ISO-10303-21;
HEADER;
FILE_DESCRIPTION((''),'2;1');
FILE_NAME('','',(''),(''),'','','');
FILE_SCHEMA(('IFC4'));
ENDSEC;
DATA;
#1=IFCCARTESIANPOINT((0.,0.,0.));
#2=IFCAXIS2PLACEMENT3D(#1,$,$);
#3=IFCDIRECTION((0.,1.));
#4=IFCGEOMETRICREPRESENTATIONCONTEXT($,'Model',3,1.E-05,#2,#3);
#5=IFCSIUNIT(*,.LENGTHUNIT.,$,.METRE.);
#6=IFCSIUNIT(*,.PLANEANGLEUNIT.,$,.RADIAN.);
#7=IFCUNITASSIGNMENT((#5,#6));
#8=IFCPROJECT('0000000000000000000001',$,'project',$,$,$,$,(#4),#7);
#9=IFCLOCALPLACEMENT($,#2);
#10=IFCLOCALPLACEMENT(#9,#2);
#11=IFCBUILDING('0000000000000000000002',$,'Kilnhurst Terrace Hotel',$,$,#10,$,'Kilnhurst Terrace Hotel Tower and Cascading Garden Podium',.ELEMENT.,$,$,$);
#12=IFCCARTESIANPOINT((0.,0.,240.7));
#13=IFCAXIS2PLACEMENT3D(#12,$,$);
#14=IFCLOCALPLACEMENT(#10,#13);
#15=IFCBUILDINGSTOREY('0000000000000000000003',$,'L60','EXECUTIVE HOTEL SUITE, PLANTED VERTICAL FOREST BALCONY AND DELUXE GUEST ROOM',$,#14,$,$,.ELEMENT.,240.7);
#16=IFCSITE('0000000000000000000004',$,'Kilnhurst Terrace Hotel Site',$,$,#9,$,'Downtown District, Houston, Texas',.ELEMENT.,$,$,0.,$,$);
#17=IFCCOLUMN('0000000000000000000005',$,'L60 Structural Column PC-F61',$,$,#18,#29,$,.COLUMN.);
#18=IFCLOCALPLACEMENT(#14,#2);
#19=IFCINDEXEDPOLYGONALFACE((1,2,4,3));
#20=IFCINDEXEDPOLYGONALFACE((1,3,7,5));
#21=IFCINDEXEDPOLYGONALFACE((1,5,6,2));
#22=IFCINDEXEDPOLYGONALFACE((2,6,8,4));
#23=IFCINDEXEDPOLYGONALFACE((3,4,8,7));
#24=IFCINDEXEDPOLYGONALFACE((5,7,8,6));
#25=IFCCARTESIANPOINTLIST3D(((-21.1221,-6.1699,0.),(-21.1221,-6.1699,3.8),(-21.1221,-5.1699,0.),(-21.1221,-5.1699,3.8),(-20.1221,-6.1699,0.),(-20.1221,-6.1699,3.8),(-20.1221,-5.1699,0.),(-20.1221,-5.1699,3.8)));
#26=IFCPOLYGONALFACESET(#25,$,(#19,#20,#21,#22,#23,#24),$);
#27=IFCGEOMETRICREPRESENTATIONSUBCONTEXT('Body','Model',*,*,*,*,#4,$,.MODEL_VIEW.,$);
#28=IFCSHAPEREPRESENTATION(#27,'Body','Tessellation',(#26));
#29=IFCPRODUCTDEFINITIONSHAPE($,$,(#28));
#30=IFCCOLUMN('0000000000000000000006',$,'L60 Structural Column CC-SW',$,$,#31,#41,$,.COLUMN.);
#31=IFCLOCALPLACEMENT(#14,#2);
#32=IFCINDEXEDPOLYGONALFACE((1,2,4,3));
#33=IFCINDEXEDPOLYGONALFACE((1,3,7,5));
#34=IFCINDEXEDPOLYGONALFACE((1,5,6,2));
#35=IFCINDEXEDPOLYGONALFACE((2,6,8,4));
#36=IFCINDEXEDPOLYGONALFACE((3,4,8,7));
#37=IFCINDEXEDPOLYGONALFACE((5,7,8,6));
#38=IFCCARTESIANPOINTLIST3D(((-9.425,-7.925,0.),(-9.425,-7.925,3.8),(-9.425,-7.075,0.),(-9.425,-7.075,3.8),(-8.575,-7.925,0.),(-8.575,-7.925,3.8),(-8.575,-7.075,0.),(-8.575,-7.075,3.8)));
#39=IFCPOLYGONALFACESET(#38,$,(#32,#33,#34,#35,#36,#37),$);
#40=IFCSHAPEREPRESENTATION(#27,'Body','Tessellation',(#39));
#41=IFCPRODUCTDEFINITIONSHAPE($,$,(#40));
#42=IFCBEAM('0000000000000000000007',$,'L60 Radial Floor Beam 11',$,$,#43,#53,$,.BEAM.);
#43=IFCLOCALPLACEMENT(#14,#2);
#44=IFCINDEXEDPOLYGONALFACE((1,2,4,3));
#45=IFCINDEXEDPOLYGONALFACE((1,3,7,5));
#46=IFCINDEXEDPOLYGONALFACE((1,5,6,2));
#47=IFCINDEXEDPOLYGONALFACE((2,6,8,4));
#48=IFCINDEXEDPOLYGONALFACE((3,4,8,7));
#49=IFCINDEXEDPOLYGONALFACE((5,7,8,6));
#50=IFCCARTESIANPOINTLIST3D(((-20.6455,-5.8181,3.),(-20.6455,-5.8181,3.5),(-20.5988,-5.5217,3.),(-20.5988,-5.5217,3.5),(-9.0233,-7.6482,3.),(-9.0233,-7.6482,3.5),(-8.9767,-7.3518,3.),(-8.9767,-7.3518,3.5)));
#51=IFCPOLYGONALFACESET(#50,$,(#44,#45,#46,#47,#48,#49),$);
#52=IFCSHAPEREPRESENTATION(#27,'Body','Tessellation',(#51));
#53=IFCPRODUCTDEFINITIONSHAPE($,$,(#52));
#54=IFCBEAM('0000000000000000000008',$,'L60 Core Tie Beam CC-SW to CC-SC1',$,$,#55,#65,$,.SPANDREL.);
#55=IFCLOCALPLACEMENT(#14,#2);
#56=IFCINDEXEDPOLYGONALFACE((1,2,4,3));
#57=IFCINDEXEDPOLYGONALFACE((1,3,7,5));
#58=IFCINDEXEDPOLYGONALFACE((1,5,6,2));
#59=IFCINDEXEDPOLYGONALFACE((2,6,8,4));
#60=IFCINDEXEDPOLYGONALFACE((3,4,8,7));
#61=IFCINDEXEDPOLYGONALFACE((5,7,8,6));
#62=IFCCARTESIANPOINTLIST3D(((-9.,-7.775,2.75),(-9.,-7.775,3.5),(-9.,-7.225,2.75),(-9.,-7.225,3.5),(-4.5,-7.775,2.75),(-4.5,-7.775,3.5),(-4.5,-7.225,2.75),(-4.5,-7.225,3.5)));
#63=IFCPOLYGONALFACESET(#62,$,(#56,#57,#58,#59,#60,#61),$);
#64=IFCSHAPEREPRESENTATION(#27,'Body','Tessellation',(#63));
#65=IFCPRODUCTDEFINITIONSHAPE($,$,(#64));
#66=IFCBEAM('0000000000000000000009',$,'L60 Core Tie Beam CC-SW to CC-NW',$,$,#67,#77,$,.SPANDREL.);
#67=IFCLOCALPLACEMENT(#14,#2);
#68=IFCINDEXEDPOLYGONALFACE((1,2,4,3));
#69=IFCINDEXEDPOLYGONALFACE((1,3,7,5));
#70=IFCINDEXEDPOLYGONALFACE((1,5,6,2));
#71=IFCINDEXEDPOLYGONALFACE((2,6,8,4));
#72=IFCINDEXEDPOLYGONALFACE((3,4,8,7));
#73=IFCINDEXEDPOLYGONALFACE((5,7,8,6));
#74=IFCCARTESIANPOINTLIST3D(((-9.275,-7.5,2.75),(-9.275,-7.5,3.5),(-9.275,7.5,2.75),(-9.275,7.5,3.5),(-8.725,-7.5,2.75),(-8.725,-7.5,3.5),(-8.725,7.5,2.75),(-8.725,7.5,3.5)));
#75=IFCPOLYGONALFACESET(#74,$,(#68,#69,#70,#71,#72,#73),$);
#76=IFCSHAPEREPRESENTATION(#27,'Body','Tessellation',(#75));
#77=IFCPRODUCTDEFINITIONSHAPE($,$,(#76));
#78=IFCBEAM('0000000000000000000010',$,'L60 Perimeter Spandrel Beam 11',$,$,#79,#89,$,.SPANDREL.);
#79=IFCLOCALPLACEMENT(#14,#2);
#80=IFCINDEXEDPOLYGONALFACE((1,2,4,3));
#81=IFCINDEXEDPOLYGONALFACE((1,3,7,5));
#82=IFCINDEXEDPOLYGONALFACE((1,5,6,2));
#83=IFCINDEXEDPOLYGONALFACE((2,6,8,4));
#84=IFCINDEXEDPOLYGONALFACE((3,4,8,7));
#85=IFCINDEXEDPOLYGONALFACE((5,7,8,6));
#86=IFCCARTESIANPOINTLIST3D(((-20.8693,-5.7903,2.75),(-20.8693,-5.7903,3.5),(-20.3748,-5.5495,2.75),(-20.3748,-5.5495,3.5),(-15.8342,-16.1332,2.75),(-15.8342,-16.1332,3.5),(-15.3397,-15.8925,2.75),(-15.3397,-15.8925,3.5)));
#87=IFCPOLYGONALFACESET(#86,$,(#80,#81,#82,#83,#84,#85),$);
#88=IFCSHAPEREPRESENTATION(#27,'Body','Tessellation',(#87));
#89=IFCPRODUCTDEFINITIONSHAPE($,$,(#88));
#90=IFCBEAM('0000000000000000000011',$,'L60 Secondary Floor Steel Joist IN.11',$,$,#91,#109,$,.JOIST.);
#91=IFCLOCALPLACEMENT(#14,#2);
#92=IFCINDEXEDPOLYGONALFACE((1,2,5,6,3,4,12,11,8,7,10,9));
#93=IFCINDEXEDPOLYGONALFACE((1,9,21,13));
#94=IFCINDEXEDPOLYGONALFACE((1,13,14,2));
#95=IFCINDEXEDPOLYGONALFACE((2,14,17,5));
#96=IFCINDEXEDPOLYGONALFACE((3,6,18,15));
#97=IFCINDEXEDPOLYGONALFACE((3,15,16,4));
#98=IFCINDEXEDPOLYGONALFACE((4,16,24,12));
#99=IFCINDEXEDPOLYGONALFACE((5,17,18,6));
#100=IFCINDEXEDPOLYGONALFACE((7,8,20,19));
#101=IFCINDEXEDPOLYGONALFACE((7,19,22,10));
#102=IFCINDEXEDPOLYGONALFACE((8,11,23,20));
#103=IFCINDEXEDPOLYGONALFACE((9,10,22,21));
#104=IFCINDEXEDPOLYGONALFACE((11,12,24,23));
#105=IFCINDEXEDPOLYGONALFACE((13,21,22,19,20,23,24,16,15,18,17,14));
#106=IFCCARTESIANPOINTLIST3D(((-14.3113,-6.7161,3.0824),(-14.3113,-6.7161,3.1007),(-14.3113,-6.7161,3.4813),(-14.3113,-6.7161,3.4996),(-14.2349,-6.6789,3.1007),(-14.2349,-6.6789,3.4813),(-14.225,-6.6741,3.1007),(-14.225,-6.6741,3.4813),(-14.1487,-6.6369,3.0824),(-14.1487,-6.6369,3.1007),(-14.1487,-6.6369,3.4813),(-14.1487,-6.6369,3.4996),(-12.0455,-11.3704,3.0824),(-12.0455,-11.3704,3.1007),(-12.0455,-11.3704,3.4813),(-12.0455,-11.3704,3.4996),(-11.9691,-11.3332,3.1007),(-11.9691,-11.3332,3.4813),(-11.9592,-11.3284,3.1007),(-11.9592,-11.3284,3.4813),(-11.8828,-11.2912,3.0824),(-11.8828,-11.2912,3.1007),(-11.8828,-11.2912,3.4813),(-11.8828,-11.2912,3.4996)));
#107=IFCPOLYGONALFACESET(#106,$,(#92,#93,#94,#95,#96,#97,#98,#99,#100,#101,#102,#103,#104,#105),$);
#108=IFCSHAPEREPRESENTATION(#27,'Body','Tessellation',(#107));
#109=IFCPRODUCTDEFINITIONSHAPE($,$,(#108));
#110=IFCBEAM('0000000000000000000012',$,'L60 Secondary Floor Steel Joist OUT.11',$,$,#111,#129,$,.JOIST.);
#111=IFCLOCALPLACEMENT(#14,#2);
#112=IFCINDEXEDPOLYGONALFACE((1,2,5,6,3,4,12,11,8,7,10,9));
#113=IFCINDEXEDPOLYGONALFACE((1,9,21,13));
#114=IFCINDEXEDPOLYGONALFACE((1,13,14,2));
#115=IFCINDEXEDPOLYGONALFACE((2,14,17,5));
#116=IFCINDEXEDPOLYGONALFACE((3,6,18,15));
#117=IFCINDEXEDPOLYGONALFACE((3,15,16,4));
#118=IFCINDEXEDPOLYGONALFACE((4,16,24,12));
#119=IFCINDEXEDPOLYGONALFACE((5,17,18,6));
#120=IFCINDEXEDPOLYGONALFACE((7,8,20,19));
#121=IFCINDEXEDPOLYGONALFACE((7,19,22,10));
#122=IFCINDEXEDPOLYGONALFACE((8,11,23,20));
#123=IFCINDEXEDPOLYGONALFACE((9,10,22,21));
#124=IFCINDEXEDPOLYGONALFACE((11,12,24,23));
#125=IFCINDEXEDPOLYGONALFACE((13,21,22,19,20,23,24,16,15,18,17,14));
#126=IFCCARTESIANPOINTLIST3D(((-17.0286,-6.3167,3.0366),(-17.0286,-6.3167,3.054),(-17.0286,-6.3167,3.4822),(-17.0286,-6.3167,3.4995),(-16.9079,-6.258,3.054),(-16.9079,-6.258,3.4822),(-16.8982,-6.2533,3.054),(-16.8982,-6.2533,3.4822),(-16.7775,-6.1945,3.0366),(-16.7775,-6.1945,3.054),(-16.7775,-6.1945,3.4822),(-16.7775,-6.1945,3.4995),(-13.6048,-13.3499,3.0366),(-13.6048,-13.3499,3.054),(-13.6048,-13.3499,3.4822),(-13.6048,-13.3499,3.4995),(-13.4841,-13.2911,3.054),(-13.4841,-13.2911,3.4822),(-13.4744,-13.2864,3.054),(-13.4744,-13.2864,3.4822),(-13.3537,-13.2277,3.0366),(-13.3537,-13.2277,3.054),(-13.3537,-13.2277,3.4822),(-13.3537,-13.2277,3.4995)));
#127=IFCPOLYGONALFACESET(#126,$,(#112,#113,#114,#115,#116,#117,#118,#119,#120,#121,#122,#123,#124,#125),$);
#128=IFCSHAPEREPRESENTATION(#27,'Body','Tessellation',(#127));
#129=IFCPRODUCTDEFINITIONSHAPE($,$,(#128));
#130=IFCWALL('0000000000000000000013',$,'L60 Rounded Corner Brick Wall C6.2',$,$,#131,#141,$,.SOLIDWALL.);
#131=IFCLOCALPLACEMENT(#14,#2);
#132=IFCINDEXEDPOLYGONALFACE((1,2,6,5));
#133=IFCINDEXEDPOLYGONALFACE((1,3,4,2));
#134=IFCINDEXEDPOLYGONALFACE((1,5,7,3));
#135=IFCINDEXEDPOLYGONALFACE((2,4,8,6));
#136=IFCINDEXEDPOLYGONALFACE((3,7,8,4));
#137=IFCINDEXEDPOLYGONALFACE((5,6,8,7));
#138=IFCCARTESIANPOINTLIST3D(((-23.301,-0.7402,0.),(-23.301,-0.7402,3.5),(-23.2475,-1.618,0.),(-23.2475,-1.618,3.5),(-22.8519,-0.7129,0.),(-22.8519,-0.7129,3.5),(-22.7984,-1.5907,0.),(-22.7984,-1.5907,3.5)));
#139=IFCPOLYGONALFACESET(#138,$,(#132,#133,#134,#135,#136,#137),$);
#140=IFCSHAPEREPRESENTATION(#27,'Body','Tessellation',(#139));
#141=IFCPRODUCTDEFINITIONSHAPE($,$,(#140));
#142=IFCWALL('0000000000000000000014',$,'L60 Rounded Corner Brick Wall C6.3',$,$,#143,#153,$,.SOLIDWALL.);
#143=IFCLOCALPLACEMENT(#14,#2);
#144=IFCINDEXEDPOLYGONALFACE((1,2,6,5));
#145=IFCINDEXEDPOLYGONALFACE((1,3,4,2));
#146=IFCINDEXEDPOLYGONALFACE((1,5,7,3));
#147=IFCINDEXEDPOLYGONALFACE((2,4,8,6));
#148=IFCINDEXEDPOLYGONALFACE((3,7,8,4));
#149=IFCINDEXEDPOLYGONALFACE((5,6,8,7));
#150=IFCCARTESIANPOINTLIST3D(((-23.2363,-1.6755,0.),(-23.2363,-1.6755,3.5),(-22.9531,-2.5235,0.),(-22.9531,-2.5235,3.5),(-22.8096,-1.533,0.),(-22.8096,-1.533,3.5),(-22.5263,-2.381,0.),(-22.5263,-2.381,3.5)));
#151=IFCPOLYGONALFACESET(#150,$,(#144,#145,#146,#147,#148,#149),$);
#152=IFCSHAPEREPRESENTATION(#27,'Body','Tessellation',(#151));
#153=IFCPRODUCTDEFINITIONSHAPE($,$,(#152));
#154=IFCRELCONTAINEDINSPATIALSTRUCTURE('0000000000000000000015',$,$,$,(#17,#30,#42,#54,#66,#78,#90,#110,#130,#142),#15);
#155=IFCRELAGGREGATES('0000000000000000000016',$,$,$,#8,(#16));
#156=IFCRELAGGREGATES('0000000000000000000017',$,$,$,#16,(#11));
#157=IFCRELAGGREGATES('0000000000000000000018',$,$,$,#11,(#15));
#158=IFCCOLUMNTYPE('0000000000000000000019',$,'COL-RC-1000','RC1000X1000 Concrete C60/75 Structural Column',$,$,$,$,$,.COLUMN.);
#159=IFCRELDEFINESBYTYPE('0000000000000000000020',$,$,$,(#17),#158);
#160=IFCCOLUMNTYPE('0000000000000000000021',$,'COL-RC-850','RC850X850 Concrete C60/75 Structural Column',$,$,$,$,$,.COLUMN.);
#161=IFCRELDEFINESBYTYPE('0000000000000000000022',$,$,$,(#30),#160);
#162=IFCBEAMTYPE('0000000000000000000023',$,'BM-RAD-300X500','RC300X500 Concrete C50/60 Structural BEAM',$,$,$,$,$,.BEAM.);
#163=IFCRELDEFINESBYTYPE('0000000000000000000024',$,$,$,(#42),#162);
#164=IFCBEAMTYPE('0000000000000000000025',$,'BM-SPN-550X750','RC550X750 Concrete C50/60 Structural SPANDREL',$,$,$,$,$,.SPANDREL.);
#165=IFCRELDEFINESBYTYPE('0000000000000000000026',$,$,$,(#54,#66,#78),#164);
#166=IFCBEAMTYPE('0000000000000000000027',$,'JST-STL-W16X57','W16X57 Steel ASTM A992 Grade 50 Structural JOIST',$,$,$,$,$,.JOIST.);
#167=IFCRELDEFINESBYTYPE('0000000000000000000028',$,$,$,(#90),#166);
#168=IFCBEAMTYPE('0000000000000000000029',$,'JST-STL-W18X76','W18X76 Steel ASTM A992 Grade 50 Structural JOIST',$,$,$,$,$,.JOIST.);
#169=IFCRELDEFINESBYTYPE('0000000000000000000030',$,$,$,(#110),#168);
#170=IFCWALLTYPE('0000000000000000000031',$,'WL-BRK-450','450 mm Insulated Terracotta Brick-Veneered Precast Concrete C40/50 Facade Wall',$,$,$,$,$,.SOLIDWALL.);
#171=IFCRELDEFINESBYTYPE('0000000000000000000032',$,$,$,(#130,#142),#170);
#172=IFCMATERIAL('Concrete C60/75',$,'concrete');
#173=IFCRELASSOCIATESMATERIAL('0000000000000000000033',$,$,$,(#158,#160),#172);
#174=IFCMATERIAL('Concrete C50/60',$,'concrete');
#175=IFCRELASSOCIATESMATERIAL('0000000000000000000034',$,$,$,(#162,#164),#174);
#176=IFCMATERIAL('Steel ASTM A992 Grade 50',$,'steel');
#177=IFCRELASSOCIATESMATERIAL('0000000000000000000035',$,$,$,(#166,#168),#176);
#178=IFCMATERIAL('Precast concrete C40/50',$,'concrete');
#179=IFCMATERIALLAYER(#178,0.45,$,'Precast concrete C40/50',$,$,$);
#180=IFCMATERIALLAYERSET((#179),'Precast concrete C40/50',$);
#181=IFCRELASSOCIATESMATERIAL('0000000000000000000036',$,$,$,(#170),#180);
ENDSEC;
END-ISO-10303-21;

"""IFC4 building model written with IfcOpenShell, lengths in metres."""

from ifc_helpers import new_model, si_unit, direction, frame, frame_2d, origin, origin_2d, place, context, subcontext, project, spatial, rectangle, i_section, extrude, material, layer, layer_set, material_profile, profile_set, type_object, element, save


model = new_model("IFC4")

# Units and contexts
model_context = context("Model", 3, precision=1e-05, world=origin(), true_north=direction((0.0, 1.0)))
body_context = subcontext(model_context, "Body", "Model", "MODEL_VIEW")
ifc_project = project(units=[si_unit("LENGTHUNIT", "METRE"), si_unit("PLANEANGLEUNIT", "RADIAN")], contexts=[model_context])

# Site, building, storey
site_placement = place(None, origin())
site = spatial("IfcSite", under=ifc_project, at=site_placement, Name="Kilnhurst Terrace Hotel Site", LongName="Downtown District, Houston, Texas", CompositionType="ELEMENT", RefElevation=0.0)
building_placement = place(site_placement, origin())
building = spatial("IfcBuilding", under=site, at=building_placement, Name="Kilnhurst Terrace Hotel", LongName="Kilnhurst Terrace Hotel Tower and Cascading Garden Podium", CompositionType="ELEMENT")
storey_placement = place(building_placement, frame((0.0, 0.0, 240.7)))
storey = spatial("IfcBuildingStorey", under=building, at=storey_placement, Name="L60", Description="EXECUTIVE HOTEL SUITE, PLANTED VERTICAL FOREST BALCONY AND DELUXE GUEST ROOM", CompositionType="ELEMENT", Elevation=240.7)

# Columns
ifc_material_1 = material(Name="Concrete C60/75", Category="concrete")
ifc_material_profile_1 = material_profile(ifc_material_1, rectangle(XDim=1.0, YDim=1.0, at=origin_2d()), Name="RC1000X1000")
ifc_profile_set_1 = profile_set([ifc_material_profile_1], Name="Concrete C60/75")
column_type_1 = type_object("IfcColumnType", Name="COL-RC-1000", Description="RC1000X1000 Concrete C60/75 Structural Column", PredefinedType="COLUMN", material=ifc_profile_set_1)
column_1_placement = place(storey_placement, frame((-20.6221, -5.6699, 0.0), z_axis=(0.0, 0.0, 1.0), x_axis=(1.0, 0.0, 0.0)))
element("IfcColumn", 1, at=column_1_placement, inside=storey, type_object=column_type_1, Name="L60 Structural Column PC-F61", PredefinedType="COLUMN", context=body_context, shape_type="SweptSolid", body=[
    extrude(rectangle(XDim=1.0, YDim=1.0, at=origin_2d()), origin(), (0.0, 0.0, 1.0), 3.8),
])
ifc_material_profile_2 = material_profile(ifc_material_1, rectangle(XDim=0.8501, YDim=0.8501, at=origin_2d()), Name="RC850X850")
ifc_profile_set_2 = profile_set([ifc_material_profile_2], Name="Concrete C60/75")
column_type_2 = type_object("IfcColumnType", Name="COL-RC-850", Description="RC850X850 Concrete C60/75 Structural Column", PredefinedType="COLUMN", material=ifc_profile_set_2)
column_2_placement = place(storey_placement, frame((-9.0, -7.5, 0.0), z_axis=(0.0, 0.0, 1.0), x_axis=(1.0, 0.0, 0.0)))
element("IfcColumn", 2, at=column_2_placement, inside=storey, type_object=column_type_2, Name="L60 Structural Column CC-SW", PredefinedType="COLUMN", context=body_context, shape_type="SweptSolid", body=[
    extrude(rectangle(XDim=0.8501, YDim=0.8501, at=origin_2d()), origin(), (0.0, 0.0, 1.0), 3.8),
])

# Beams
ifc_material_2 = material(Name="Concrete C50/60", Category="concrete")
ifc_material_profile_3 = material_profile(ifc_material_2, rectangle(XDim=0.3, YDim=0.5, at=origin_2d()), Name="RC300X500")
ifc_profile_set_3 = profile_set([ifc_material_profile_3], Name="Concrete C50/60")
beam_type_1 = type_object("IfcBeamType", Name="BM-RAD-300X500", Description="RC300X500 Concrete C50/60 Structural BEAM", PredefinedType="BEAM", material=ifc_profile_set_3)
beam_1_placement = place(storey_placement, frame((-9.0, -7.5, 3.25), z_axis=(-0.987828, 0.155549, 0.0), x_axis=(-0.155549, -0.987828, 0.0)))
element("IfcBeam", 3, at=beam_1_placement, inside=storey, type_object=beam_type_1, Name="L60 Radial Floor Beam 11", PredefinedType="BEAM", context=body_context, shape_type="SweptSolid", body=[
    extrude(rectangle(XDim=0.3, YDim=0.5, at=origin_2d()), origin(), (0.0, 0.0, 1.0), 11.7654),
])
ifc_material_profile_4 = material_profile(ifc_material_2, rectangle(XDim=0.55, YDim=0.75, at=origin_2d()), Name="RC550X750")
ifc_profile_set_4 = profile_set([ifc_material_profile_4], Name="Concrete C50/60")
beam_type_2 = type_object("IfcBeamType", Name="BM-SPN-550X750", Description="RC550X750 Concrete C50/60 Structural SPANDREL", PredefinedType="SPANDREL", material=ifc_profile_set_4)
beam_2_placement = place(storey_placement, frame((-9.0, -7.5, 3.125), z_axis=(1.0, 0.0, 0.0), x_axis=(0.0, 1.0, 0.0)))
element("IfcBeam", 4, at=beam_2_placement, inside=storey, type_object=beam_type_2, Name="L60 Core Tie Beam CC-SW to CC-SC1", PredefinedType="SPANDREL", context=body_context, shape_type="SweptSolid", body=[
    extrude(rectangle(XDim=0.55, YDim=0.75, at=origin_2d()), origin(), (0.0, 0.0, 1.0), 4.5),
])
beam_3_placement = place(storey_placement, frame((-9.0, -7.5, 3.125), z_axis=(0.0, 1.0, 0.0), x_axis=(-1.0, 0.0, 0.0)))
element("IfcBeam", 5, at=beam_3_placement, inside=storey, type_object=beam_type_2, Name="L60 Core Tie Beam CC-SW to CC-NW", PredefinedType="SPANDREL", context=body_context, shape_type="SweptSolid", body=[
    extrude(rectangle(XDim=0.55, YDim=0.75, at=origin_2d()), origin(), (0.0, 0.0, 1.0), 15.0),
])
beam_4_placement = place(storey_placement, frame((-20.6221, -5.6699, 3.125), z_axis=(0.437706, -0.899118, 0.0), x_axis=(0.899118, 0.437706, 0.0)))
element("IfcBeam", 6, at=beam_4_placement, inside=storey, type_object=beam_type_2, Name="L60 Perimeter Spandrel Beam 11", PredefinedType="SPANDREL", context=body_context, shape_type="SweptSolid", body=[
    extrude(rectangle(XDim=0.55, YDim=0.75, at=origin_2d()), origin(), (0.0, 0.0, 1.0), 11.5034),
])
ifc_material_3 = material(Name="Steel ASTM A992 Grade 50", Category="steel")
ifc_material_profile_5 = material_profile(ifc_material_3, i_section(OverallWidth=0.1809, OverallDepth=0.4172, WebThickness=0.011, FlangeThickness=0.0183, at=origin_2d()), Name="W16X57")
ifc_profile_set_5 = profile_set([ifc_material_profile_5], Name="Steel ASTM A992 Grade 50")
beam_type_3 = type_object("IfcBeamType", Name="JST-STL-W16X57", Description="W16X57 Steel ASTM A992 Grade 50 Structural JOIST", PredefinedType="JOIST", material=ifc_profile_set_5)
beam_5_placement = place(storey_placement, frame((-14.23, -6.6765, 3.291), z_axis=(0.437718, -0.899112, 0.0), x_axis=(0.899112, 0.437718, 0.0)))
element("IfcBeam", 7, at=beam_5_placement, inside=storey, type_object=beam_type_3, Name="L60 Secondary Floor Steel Joist IN.11", PredefinedType="JOIST", context=body_context, shape_type="SweptSolid", body=[
    extrude(i_section(OverallWidth=0.1809, OverallDepth=0.4172, WebThickness=0.011, FlangeThickness=0.0183, at=origin_2d()), origin(), (0.0, 0.0, 1.0), 5.1765),
])
ifc_material_profile_6 = material_profile(ifc_material_3, i_section(OverallWidth=0.2793, OverallDepth=0.4629, WebThickness=0.0107, FlangeThickness=0.0173, at=origin_2d()), Name="W18X76")
ifc_profile_set_6 = profile_set([ifc_material_profile_6], Name="Steel ASTM A992 Grade 50")
beam_type_4 = type_object("IfcBeamType", Name="JST-STL-W18X76", Description="W18X76 Steel ASTM A992 Grade 50 Structural JOIST", PredefinedType="JOIST", material=ifc_profile_set_6)
beam_6_placement = place(storey_placement, frame((-16.9031, -6.2556, 3.2681), z_axis=(0.4377, -0.899121, 0.0), x_axis=(0.899121, 0.4377, 0.0)))
element("IfcBeam", 8, at=beam_6_placement, inside=storey, type_object=beam_type_4, Name="L60 Secondary Floor Steel Joist OUT.11", PredefinedType="JOIST", context=body_context, shape_type="SweptSolid", body=[
    extrude(i_section(OverallWidth=0.2793, OverallDepth=0.4629, WebThickness=0.0107, FlangeThickness=0.0173, at=origin_2d()), origin(), (0.0, 0.0, 1.0), 7.8223),
])

# Walls
ifc_material_4 = material(Name="Precast concrete C40/50", Category="concrete")
ifc_layer_1 = layer(ifc_material_4, 0.45, Name="Precast concrete C40/50")
ifc_layer_set_1 = layer_set([ifc_layer_1], Name="Precast concrete C40/50")
wall_type_1 = type_object("IfcWallType", Name="WL-BRK-450", Description="450 mm Insulated Terracotta Brick-Veneered Precast Concrete C40/50 Facade Wall", PredefinedType="SOLIDWALL", material=ifc_layer_set_1)
wall_1_placement = place(storey_placement, frame((-23.0764, -0.7266, 0.0), z_axis=(0.0, 0.0, 1.0), x_axis=(0.060805, -0.99815, 0.0)))
element("IfcWall", 9, at=wall_1_placement, inside=storey, type_object=wall_type_1, Name="L60 Rounded Corner Brick Wall C6.2", PredefinedType="SOLIDWALL", context=body_context, shape_type="SweptSolid", body=[
    extrude(rectangle(XDim=0.8794, YDim=0.45, at=frame_2d((0.4397, 0.0))), origin(), (0.0, 0.0, 1.0), 3.5),
])
wall_2_placement = place(storey_placement, frame((-23.0229, -1.6042, 0.0), z_axis=(0.0, 0.0, 1.0), x_axis=(0.316801, -0.948492, 0.0)))
element("IfcWall", 10, at=wall_2_placement, inside=storey, type_object=wall_type_1, Name="L60 Rounded Corner Brick Wall C6.3", PredefinedType="SOLIDWALL", context=body_context, shape_type="SweptSolid", body=[
    extrude(rectangle(XDim=0.894, YDim=0.45, at=frame_2d((0.447, 0.0))), origin(), (0.0, 0.0, 1.0), 3.5),
])

save(model, "model.ifc")
